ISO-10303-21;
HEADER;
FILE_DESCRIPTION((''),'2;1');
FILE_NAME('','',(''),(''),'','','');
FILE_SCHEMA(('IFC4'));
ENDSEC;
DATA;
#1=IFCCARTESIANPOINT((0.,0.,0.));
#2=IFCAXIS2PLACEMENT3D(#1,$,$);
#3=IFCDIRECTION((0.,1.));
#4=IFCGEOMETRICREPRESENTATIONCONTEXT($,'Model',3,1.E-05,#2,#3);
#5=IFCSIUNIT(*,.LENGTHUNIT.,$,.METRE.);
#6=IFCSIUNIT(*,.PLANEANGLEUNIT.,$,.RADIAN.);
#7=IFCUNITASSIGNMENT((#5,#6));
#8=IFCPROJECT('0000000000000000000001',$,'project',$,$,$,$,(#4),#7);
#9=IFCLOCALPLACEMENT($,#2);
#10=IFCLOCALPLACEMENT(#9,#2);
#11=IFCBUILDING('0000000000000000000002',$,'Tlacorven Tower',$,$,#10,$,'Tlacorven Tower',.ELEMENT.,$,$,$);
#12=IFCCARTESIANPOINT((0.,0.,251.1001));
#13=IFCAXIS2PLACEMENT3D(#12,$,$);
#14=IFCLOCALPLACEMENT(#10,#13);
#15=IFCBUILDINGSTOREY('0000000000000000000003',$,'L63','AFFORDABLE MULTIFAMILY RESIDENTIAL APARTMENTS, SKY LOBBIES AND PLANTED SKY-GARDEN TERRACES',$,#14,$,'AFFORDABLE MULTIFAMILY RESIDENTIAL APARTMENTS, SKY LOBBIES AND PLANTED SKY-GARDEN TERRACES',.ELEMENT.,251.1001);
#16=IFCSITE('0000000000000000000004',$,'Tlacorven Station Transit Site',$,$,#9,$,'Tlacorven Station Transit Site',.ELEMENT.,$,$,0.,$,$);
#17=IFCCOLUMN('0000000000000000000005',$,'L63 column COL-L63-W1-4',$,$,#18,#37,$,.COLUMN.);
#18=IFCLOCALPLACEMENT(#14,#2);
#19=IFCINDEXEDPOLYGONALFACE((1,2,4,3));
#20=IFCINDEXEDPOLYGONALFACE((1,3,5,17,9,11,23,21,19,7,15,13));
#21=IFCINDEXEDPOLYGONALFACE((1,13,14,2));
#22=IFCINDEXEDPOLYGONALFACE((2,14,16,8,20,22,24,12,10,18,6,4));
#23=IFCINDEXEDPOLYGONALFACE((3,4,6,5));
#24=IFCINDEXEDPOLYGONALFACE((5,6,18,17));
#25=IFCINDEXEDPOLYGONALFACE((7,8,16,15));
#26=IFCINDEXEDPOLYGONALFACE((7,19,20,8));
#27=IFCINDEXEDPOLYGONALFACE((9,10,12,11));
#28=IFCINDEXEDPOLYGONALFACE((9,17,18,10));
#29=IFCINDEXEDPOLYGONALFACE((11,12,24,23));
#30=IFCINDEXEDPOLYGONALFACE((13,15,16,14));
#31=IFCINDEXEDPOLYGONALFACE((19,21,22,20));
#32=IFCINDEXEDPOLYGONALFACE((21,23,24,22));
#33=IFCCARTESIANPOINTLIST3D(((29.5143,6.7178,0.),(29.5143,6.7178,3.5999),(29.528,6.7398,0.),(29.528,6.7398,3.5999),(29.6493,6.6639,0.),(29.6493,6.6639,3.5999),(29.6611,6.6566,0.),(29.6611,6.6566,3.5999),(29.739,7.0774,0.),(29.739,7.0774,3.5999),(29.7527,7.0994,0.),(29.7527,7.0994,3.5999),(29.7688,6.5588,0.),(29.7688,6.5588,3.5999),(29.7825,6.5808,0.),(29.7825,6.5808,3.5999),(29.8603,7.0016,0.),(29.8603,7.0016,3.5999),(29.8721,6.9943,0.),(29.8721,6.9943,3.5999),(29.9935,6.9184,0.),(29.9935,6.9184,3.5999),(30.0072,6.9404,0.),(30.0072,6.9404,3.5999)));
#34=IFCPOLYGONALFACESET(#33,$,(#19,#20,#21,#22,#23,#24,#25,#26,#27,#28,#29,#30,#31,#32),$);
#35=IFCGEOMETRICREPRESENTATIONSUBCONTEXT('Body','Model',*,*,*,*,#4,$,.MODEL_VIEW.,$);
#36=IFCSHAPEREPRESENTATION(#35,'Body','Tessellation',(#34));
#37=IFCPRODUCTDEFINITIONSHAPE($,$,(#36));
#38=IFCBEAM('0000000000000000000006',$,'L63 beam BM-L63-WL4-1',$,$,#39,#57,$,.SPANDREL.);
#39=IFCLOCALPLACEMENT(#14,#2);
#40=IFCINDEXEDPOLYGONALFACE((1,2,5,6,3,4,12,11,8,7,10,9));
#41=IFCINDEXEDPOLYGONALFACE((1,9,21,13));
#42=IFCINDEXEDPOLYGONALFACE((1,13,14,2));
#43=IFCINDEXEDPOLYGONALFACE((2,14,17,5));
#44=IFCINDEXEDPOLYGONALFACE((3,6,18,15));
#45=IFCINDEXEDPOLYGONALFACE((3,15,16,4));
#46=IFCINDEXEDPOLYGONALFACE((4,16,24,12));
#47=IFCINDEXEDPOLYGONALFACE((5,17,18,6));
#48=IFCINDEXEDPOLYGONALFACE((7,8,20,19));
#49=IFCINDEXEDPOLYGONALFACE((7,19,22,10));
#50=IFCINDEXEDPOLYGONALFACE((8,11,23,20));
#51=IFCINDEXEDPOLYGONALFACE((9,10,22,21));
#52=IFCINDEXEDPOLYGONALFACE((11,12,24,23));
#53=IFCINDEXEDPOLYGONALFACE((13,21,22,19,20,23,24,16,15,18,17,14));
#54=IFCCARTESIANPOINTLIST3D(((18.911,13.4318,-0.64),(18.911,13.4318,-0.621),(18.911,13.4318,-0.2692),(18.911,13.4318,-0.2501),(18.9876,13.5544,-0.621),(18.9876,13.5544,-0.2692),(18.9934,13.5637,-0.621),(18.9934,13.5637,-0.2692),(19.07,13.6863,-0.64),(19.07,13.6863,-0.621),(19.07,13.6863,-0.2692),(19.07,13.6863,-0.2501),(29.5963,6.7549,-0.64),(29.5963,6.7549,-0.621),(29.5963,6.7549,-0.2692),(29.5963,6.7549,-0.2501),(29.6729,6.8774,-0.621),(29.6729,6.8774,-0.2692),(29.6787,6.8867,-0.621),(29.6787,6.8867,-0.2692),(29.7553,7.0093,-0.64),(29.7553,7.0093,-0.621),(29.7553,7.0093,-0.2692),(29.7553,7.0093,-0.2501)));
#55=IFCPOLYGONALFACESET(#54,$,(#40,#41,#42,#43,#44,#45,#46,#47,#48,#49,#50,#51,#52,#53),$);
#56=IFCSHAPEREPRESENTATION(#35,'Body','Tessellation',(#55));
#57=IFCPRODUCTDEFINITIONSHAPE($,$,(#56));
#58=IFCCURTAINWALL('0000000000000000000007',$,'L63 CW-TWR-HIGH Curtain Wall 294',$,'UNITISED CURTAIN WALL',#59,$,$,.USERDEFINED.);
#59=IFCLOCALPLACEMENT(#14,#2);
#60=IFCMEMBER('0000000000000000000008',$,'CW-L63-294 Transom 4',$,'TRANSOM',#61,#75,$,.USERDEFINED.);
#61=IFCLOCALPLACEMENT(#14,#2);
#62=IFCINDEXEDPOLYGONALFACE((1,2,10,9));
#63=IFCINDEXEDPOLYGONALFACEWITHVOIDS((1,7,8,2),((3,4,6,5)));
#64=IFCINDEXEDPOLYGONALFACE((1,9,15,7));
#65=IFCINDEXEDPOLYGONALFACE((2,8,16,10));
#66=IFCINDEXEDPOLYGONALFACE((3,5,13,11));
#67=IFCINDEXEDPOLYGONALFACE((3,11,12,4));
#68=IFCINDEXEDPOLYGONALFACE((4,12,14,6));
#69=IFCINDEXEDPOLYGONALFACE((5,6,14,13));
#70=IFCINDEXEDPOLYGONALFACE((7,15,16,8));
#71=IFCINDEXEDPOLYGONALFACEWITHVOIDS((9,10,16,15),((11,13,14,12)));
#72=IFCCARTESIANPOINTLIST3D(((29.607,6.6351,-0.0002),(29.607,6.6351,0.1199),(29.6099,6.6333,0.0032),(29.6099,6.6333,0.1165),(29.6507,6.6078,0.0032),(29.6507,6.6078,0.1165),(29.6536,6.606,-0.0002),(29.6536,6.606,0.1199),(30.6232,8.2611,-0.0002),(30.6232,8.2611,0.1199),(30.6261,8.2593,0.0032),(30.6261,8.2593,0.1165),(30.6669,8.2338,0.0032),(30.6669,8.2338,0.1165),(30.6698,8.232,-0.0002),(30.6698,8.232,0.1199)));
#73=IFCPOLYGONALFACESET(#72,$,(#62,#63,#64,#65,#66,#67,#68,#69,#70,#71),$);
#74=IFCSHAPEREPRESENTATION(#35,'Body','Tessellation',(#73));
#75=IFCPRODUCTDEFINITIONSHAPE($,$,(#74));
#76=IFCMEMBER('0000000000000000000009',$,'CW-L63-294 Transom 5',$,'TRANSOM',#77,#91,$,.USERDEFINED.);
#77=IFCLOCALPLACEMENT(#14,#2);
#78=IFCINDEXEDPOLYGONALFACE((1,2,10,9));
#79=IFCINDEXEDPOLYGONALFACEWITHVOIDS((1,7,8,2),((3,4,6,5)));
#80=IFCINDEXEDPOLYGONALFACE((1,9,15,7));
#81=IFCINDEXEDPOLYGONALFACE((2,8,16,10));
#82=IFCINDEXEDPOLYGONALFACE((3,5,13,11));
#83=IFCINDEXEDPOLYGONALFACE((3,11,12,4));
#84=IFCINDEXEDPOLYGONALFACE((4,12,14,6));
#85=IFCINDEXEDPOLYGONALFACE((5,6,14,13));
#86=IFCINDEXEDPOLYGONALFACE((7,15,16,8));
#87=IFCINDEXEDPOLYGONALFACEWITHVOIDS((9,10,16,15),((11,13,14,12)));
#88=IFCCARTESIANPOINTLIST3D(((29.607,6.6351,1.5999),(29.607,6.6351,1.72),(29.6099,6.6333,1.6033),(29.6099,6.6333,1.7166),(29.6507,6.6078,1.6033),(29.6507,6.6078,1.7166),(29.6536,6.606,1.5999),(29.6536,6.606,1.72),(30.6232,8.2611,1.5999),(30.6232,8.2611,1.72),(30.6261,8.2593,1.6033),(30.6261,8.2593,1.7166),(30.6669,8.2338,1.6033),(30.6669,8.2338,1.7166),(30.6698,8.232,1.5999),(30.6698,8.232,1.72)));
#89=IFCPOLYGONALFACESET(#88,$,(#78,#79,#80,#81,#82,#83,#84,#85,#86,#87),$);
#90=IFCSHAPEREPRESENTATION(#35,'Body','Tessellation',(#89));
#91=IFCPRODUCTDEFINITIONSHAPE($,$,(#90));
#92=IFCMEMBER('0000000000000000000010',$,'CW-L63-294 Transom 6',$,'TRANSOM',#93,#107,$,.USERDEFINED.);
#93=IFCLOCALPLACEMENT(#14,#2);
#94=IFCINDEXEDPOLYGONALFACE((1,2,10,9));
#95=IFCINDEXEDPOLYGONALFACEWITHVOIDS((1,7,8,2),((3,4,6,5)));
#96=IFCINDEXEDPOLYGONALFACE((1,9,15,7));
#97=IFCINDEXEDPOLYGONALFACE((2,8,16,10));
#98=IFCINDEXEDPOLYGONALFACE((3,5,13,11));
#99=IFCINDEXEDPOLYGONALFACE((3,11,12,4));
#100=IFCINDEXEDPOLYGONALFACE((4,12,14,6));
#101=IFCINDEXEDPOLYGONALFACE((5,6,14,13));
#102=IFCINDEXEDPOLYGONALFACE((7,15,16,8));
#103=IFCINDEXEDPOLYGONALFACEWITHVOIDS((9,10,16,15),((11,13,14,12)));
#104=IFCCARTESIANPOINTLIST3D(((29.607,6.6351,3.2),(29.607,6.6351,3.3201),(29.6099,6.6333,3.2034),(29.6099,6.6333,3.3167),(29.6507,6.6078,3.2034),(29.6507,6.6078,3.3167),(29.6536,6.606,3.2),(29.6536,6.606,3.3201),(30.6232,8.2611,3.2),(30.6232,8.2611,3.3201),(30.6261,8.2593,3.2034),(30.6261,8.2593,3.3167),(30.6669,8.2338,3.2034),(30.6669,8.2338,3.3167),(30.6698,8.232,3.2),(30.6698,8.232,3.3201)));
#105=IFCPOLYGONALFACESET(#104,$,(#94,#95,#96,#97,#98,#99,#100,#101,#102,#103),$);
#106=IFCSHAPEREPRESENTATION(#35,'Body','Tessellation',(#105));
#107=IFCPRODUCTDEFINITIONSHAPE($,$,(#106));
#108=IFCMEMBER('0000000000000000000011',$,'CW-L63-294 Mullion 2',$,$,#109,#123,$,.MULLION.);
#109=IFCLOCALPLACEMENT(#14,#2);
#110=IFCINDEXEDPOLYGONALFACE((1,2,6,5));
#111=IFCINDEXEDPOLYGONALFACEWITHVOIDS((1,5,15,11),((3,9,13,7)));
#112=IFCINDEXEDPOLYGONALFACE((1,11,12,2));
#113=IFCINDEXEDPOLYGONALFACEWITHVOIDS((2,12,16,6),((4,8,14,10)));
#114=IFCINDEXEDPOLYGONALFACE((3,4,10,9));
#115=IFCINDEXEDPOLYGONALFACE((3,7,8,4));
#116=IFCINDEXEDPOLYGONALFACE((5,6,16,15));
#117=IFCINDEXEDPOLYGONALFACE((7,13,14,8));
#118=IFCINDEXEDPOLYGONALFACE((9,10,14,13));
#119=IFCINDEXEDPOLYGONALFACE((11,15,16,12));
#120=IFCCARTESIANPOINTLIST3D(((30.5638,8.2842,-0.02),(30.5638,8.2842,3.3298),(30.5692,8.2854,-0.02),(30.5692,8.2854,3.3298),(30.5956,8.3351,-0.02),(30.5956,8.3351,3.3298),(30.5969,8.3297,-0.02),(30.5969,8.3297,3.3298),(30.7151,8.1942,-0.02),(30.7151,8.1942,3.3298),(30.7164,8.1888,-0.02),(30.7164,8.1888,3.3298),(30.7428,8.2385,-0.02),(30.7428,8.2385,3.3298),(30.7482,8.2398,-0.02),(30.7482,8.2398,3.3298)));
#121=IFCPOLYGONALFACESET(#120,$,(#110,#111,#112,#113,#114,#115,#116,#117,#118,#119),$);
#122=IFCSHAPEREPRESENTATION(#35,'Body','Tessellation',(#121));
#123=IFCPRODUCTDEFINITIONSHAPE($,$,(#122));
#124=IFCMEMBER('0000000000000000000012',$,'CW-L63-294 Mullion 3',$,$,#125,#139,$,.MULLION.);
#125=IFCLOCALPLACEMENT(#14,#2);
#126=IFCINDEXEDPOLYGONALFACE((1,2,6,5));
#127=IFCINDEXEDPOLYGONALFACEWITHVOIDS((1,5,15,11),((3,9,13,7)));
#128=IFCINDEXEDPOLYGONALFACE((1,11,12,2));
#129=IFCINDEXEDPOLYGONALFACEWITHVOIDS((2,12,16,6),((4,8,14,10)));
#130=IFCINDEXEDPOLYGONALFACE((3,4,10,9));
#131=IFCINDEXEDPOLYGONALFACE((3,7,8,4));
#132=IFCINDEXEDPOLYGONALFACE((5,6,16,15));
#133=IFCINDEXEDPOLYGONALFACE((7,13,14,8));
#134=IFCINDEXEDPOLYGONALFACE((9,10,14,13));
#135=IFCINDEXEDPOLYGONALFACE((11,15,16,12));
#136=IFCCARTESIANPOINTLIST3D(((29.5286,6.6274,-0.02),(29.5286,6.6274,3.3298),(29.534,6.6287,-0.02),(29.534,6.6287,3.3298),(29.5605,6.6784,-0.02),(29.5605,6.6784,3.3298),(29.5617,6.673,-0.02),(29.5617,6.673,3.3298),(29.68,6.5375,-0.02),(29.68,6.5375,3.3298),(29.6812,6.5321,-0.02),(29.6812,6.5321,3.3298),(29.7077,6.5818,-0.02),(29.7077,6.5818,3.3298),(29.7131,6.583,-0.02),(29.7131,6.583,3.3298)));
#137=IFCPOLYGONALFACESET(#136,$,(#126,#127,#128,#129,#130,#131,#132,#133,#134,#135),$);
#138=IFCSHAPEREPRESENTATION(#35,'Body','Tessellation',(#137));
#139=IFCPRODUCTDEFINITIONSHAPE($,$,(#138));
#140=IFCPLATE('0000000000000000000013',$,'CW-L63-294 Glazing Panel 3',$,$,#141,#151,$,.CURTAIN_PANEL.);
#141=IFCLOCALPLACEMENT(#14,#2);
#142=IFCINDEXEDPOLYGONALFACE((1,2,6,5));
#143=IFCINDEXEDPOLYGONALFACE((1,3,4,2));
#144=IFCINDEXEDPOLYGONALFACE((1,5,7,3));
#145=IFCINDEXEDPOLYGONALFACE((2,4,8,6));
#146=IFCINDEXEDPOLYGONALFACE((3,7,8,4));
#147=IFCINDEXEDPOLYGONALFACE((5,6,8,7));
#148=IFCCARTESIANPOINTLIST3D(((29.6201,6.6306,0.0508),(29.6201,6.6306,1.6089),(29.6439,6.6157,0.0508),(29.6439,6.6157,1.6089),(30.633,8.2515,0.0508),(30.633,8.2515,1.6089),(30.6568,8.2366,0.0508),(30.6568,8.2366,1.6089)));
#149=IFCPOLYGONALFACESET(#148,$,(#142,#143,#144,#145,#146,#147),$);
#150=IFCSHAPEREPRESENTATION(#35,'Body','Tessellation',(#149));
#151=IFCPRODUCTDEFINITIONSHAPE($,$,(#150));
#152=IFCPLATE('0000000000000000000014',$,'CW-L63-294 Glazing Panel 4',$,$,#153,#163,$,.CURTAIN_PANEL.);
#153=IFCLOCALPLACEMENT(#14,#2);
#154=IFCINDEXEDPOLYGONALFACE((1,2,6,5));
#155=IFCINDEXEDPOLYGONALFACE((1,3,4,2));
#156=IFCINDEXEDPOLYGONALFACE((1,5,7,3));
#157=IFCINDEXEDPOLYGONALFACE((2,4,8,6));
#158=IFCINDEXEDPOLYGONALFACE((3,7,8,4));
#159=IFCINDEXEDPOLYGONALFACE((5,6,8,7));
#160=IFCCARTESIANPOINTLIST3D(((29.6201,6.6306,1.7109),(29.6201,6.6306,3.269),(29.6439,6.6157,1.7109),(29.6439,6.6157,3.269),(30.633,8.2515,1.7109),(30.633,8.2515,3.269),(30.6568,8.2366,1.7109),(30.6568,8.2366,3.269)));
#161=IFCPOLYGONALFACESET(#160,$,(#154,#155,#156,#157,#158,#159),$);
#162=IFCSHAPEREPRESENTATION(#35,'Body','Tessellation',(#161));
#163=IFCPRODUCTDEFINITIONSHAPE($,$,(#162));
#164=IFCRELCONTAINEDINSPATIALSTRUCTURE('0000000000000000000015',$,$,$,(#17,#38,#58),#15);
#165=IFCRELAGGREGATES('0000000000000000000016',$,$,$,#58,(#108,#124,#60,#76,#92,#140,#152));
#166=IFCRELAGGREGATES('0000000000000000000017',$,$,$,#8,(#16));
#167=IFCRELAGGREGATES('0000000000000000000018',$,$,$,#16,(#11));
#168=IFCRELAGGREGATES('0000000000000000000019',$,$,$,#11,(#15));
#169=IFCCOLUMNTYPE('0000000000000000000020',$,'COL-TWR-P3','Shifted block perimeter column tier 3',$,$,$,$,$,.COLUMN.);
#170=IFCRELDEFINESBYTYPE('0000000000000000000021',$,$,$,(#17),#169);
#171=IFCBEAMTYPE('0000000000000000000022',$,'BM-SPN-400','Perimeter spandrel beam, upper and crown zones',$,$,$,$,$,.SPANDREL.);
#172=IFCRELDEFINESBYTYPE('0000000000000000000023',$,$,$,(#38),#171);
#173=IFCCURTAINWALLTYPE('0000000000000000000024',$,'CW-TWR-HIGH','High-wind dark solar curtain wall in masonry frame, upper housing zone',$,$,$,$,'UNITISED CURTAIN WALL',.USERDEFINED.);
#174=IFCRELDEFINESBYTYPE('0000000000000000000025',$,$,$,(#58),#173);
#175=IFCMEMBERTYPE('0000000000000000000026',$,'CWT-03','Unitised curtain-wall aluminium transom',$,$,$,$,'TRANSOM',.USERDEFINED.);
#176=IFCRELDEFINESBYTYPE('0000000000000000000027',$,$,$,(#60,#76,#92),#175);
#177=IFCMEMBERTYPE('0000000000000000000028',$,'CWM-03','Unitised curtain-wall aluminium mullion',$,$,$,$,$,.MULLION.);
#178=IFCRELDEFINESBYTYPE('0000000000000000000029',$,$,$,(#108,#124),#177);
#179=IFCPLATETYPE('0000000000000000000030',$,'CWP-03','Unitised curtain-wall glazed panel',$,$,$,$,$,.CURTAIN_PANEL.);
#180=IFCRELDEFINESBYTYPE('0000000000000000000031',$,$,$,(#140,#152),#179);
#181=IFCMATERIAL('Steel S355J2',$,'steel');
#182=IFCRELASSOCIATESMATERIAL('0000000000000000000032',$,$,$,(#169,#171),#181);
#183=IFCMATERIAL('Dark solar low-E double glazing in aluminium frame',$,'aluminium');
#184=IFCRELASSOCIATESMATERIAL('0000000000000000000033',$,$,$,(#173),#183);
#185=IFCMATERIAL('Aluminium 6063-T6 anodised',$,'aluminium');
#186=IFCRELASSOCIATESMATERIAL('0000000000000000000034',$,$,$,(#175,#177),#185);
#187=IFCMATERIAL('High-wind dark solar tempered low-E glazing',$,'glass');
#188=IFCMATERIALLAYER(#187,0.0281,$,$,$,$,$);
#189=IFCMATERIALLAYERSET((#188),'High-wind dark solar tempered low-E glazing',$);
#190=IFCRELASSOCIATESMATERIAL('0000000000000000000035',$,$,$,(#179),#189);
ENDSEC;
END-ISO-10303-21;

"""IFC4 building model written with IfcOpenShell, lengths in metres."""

from ifc_helpers import new_model, si_unit, direction, frame, origin, origin_2d, place, context, subcontext, project, spatial, rectangle, hollow_rectangle, i_section, extrude, source, transform, mapped, material, layer, layer_set, material_profile, profile_set, type_object, element, aggregate, save


model = new_model("IFC4")

# Units and contexts
model_context = context("Model", 3, precision=1e-05, world=origin(), true_north=direction((0.0, 1.0)))
body_context = subcontext(model_context, "Body", "Model", "MODEL_VIEW")
ifc_project = project(units=[si_unit("LENGTHUNIT", "METRE"), si_unit("PLANEANGLEUNIT", "RADIAN")], contexts=[model_context])

# Site, building, storey
site_placement = place(None, origin())
site = spatial("IfcSite", under=ifc_project, at=site_placement, Name="Tlacorven Station Transit Site", LongName="Tlacorven Station Transit Site", CompositionType="ELEMENT", RefElevation=0.0)
building_placement = place(site_placement, origin())
building = spatial("IfcBuilding", under=site, at=building_placement, Name="Tlacorven Tower", LongName="Tlacorven Tower", CompositionType="ELEMENT")
storey_placement = place(building_placement, frame((0.0, 0.0, 251.1001)))
storey = spatial("IfcBuildingStorey", under=building, at=storey_placement, Name="L63", Description="AFFORDABLE MULTIFAMILY RESIDENTIAL APARTMENTS, SKY LOBBIES AND PLANTED SKY-GARDEN TERRACES", LongName="AFFORDABLE MULTIFAMILY RESIDENTIAL APARTMENTS, SKY LOBBIES AND PLANTED SKY-GARDEN TERRACES", CompositionType="ELEMENT", Elevation=251.1001)

# Column
ifc_material_1 = material(Name="Steel S355J2", Category="steel")
ifc_material_profile_1 = material_profile(ifc_material_1, i_section(OverallWidth=0.3, OverallDepth=0.45, WebThickness=0.0139, FlangeThickness=0.0259, at=origin_2d()), Name="HEB 450")
ifc_profile_set_1 = profile_set([ifc_material_profile_1], Name="Steel S355J2")
column_type = type_object("IfcColumnType", Name="COL-TWR-P3", Description="Shifted block perimeter column tier 3", PredefinedType="COLUMN", material=ifc_profile_set_1)
shared_shape_1 = source(origin(), body_context, "Body", "SweptSolid", [
    extrude(i_section(OverallWidth=0.3, OverallDepth=0.45, WebThickness=0.0139, FlangeThickness=0.0259, at=origin_2d()), origin(), (0.0, 0.0, 1.0), 3.5999),
])
column_placement = place(storey_placement, frame((29.7607, 6.8291, 0.0), z_axis=(0.0, 0.0, 1.0), x_axis=(-0.848048, 0.529919, 0.0)))
element("IfcColumn", 1, at=column_placement, inside=storey, type_object=column_type, Name="L63 column COL-L63-W1-4", PredefinedType="COLUMN", context=body_context, shape_type="MappedRepresentation", body=[
    mapped(shared_shape_1, transform((0.0, 0.0, 0.0), scale=1.0)),
])

# Beam
ifc_material_profile_2 = material_profile(ifc_material_1, i_section(OverallWidth=0.3, OverallDepth=0.3899, WebThickness=0.011, FlangeThickness=0.019, at=origin_2d()), Name="HEA 400")
ifc_profile_set_2 = profile_set([ifc_material_profile_2], Name="Steel S355J2")
beam_type = type_object("IfcBeamType", Name="BM-SPN-400", Description="Perimeter spandrel beam, upper and crown zones", PredefinedType="SPANDREL", material=ifc_profile_set_2)
shared_shape_2 = source(origin(), body_context, "Body", "SweptSolid", [
    extrude(i_section(OverallWidth=0.3, OverallDepth=0.3899, WebThickness=0.011, FlangeThickness=0.019, at=origin_2d()), origin(), (0.0, 0.0, 1.0), 12.5999),
])
beam_placement = place(storey_placement, frame((29.6758, 6.8821, -0.4451), z_axis=(-0.848045, 0.529924, 0.0), x_axis=(-0.529924, -0.848045, 0.0)))
element("IfcBeam", 2, at=beam_placement, inside=storey, type_object=beam_type, Name="L63 beam BM-L63-WL4-1", PredefinedType="SPANDREL", context=body_context, shape_type="MappedRepresentation", body=[
    mapped(shared_shape_2, transform((0.0, 0.0, 0.0), scale=1.0)),
])

# Curtain wall, members, plates
ifc_material_2 = material(Name="Dark solar low-E double glazing in aluminium frame", Category="aluminium")
curtain_wall_type = type_object("IfcCurtainWallType", Name="CW-TWR-HIGH", Description="High-wind dark solar curtain wall in masonry frame, upper housing zone", ElementType="UNITISED CURTAIN WALL", PredefinedType="USERDEFINED", material=ifc_material_2)
curtain_wall_placement = place(storey_placement, origin())
curtain_wall = element("IfcCurtainWall", 3, at=curtain_wall_placement, inside=storey, type_object=curtain_wall_type, Name="L63 CW-TWR-HIGH Curtain Wall 294", ObjectType="UNITISED CURTAIN WALL", PredefinedType="USERDEFINED")
ifc_material_3 = material(Name="Aluminium 6063-T6 anodised", Category="aluminium")
ifc_material_profile_3 = material_profile(ifc_material_3, hollow_rectangle(XDim=0.0549, YDim=0.1201, WallThickness=0.0034, at=origin_2d()), Name="ALU TRANSOM 55X120")
ifc_profile_set_3 = profile_set([ifc_material_profile_3], Name="Aluminium 6063-T6 anodised")
member_type_1 = type_object("IfcMemberType", Name="CWT-03", Description="Unitised curtain-wall aluminium transom", ElementType="TRANSOM", PredefinedType="USERDEFINED", material=ifc_profile_set_3)
shared_shape_3 = source(origin(), body_context, "Body", "SweptSolid", [
    extrude(hollow_rectangle(XDim=0.0549, YDim=0.1201, WallThickness=0.0034, at=origin_2d()), origin(), (0.0, 0.0, 1.0), 1.9175),
])
member_1_placement = place(storey_placement, frame((30.6465, 8.2466, 0.0598), z_axis=(-0.529953, -0.848027, 0.0), x_axis=(0.848027, -0.529953, 0.0)))
member_1 = element("IfcMember", 4, at=member_1_placement, type_object=member_type_1, Name="CW-L63-294 Transom 4", ObjectType="TRANSOM", PredefinedType="USERDEFINED", context=body_context, shape_type="MappedRepresentation", body=[
    mapped(shared_shape_3, transform((0.0, 0.0, 0.0), scale=1.0)),
])
member_2_placement = place(storey_placement, frame((30.6465, 8.2466, 1.6599), z_axis=(-0.529953, -0.848027, 0.0), x_axis=(0.848027, -0.529953, 0.0)))
member_2 = element("IfcMember", 5, at=member_2_placement, type_object=member_type_1, Name="CW-L63-294 Transom 5", ObjectType="TRANSOM", PredefinedType="USERDEFINED", context=body_context, shape_type="MappedRepresentation", body=[
    mapped(shared_shape_3, transform((0.0, 0.0, 0.0), scale=1.0)),
])
member_3_placement = place(storey_placement, frame((30.6465, 8.2466, 3.26), z_axis=(-0.529953, -0.848027, 0.0), x_axis=(0.848027, -0.529953, 0.0)))
member_3 = element("IfcMember", 6, at=member_3_placement, type_object=member_type_1, Name="CW-L63-294 Transom 6", ObjectType="TRANSOM", PredefinedType="USERDEFINED", context=body_context, shape_type="MappedRepresentation", body=[
    mapped(shared_shape_3, transform((0.0, 0.0, 0.0), scale=1.0)),
])
ifc_material_profile_4 = material_profile(ifc_material_3, hollow_rectangle(XDim=0.0601, YDim=0.1799, WallThickness=0.0039, at=origin_2d()), Name="ALU MULLION 60X180")
ifc_profile_set_4 = profile_set([ifc_material_profile_4], Name="Aluminium 6063-T6 anodised")
member_type_2 = type_object("IfcMemberType", Name="CWM-03", Description="Unitised curtain-wall aluminium mullion", PredefinedType="MULLION", material=ifc_profile_set_4)
shared_shape_4 = source(origin(), body_context, "Body", "SweptSolid", [
    extrude(hollow_rectangle(XDim=0.0601, YDim=0.1799, WallThickness=0.0039, at=origin_2d()), origin(), (0.0, 0.0, 1.0), 3.3499),
])
member_4_placement = place(storey_placement, frame((30.656, 8.262, -0.02), z_axis=(0.0, 0.0, 1.0), x_axis=(-0.529919, -0.848048, 0.0)))
member_4 = element("IfcMember", 7, at=member_4_placement, type_object=member_type_2, Name="CW-L63-294 Mullion 2", PredefinedType="MULLION", context=body_context, shape_type="MappedRepresentation", body=[
    mapped(shared_shape_4, transform((0.0, 0.0, 0.0), scale=1.0)),
])
member_5_placement = place(storey_placement, frame((29.6208, 6.6052, -0.02), z_axis=(0.0, 0.0, 1.0), x_axis=(-0.529919, -0.848048, 0.0)))
member_5 = element("IfcMember", 8, at=member_5_placement, type_object=member_type_2, Name="CW-L63-294 Mullion 3", PredefinedType="MULLION", context=body_context, shape_type="MappedRepresentation", body=[
    mapped(shared_shape_4, transform((0.0, 0.0, 0.0), scale=1.0)),
])
ifc_material_4 = material(Name="High-wind dark solar tempered low-E glazing", Category="glass")
ifc_layer_1 = layer(ifc_material_4, 0.0281)
ifc_layer_set_1 = layer_set([ifc_layer_1], Name="High-wind dark solar tempered low-E glazing")
plate_type = type_object("IfcPlateType", Name="CWP-03", Description="Unitised curtain-wall glazed panel", PredefinedType="CURTAIN_PANEL", material=ifc_layer_set_1)
shared_shape_5 = source(origin(), body_context, "Body", "SweptSolid", [
    extrude(rectangle(XDim=1.9114, YDim=0.0281, at=origin_2d()), origin(), (0.0, 0.0, 1.0), 1.5581),
])
plate_1_placement = place(storey_placement, frame((30.1384, 7.4336, 0.0508), z_axis=(0.0, 0.0, 1.0), x_axis=(-0.529919, -0.848048, 0.0)))
plate_1 = element("IfcPlate", 9, at=plate_1_placement, type_object=plate_type, Name="CW-L63-294 Glazing Panel 3", PredefinedType="CURTAIN_PANEL", context=body_context, shape_type="MappedRepresentation", body=[
    mapped(shared_shape_5, transform((0.0, 0.0, 0.0), scale=1.0)),
])
plate_2_placement = place(storey_placement, frame((30.1384, 7.4336, 1.7109), z_axis=(0.0, 0.0, 1.0), x_axis=(-0.529919, -0.848048, 0.0)))
plate_2 = element("IfcPlate", 10, at=plate_2_placement, type_object=plate_type, Name="CW-L63-294 Glazing Panel 4", PredefinedType="CURTAIN_PANEL", context=body_context, shape_type="MappedRepresentation", body=[
    mapped(shared_shape_5, transform((0.0, 0.0, 0.0), scale=1.0)),
])
aggregate(curtain_wall, [member_4, member_5, member_1, member_2, member_3, plate_1, plate_2])

save(model, "model.ifc")
